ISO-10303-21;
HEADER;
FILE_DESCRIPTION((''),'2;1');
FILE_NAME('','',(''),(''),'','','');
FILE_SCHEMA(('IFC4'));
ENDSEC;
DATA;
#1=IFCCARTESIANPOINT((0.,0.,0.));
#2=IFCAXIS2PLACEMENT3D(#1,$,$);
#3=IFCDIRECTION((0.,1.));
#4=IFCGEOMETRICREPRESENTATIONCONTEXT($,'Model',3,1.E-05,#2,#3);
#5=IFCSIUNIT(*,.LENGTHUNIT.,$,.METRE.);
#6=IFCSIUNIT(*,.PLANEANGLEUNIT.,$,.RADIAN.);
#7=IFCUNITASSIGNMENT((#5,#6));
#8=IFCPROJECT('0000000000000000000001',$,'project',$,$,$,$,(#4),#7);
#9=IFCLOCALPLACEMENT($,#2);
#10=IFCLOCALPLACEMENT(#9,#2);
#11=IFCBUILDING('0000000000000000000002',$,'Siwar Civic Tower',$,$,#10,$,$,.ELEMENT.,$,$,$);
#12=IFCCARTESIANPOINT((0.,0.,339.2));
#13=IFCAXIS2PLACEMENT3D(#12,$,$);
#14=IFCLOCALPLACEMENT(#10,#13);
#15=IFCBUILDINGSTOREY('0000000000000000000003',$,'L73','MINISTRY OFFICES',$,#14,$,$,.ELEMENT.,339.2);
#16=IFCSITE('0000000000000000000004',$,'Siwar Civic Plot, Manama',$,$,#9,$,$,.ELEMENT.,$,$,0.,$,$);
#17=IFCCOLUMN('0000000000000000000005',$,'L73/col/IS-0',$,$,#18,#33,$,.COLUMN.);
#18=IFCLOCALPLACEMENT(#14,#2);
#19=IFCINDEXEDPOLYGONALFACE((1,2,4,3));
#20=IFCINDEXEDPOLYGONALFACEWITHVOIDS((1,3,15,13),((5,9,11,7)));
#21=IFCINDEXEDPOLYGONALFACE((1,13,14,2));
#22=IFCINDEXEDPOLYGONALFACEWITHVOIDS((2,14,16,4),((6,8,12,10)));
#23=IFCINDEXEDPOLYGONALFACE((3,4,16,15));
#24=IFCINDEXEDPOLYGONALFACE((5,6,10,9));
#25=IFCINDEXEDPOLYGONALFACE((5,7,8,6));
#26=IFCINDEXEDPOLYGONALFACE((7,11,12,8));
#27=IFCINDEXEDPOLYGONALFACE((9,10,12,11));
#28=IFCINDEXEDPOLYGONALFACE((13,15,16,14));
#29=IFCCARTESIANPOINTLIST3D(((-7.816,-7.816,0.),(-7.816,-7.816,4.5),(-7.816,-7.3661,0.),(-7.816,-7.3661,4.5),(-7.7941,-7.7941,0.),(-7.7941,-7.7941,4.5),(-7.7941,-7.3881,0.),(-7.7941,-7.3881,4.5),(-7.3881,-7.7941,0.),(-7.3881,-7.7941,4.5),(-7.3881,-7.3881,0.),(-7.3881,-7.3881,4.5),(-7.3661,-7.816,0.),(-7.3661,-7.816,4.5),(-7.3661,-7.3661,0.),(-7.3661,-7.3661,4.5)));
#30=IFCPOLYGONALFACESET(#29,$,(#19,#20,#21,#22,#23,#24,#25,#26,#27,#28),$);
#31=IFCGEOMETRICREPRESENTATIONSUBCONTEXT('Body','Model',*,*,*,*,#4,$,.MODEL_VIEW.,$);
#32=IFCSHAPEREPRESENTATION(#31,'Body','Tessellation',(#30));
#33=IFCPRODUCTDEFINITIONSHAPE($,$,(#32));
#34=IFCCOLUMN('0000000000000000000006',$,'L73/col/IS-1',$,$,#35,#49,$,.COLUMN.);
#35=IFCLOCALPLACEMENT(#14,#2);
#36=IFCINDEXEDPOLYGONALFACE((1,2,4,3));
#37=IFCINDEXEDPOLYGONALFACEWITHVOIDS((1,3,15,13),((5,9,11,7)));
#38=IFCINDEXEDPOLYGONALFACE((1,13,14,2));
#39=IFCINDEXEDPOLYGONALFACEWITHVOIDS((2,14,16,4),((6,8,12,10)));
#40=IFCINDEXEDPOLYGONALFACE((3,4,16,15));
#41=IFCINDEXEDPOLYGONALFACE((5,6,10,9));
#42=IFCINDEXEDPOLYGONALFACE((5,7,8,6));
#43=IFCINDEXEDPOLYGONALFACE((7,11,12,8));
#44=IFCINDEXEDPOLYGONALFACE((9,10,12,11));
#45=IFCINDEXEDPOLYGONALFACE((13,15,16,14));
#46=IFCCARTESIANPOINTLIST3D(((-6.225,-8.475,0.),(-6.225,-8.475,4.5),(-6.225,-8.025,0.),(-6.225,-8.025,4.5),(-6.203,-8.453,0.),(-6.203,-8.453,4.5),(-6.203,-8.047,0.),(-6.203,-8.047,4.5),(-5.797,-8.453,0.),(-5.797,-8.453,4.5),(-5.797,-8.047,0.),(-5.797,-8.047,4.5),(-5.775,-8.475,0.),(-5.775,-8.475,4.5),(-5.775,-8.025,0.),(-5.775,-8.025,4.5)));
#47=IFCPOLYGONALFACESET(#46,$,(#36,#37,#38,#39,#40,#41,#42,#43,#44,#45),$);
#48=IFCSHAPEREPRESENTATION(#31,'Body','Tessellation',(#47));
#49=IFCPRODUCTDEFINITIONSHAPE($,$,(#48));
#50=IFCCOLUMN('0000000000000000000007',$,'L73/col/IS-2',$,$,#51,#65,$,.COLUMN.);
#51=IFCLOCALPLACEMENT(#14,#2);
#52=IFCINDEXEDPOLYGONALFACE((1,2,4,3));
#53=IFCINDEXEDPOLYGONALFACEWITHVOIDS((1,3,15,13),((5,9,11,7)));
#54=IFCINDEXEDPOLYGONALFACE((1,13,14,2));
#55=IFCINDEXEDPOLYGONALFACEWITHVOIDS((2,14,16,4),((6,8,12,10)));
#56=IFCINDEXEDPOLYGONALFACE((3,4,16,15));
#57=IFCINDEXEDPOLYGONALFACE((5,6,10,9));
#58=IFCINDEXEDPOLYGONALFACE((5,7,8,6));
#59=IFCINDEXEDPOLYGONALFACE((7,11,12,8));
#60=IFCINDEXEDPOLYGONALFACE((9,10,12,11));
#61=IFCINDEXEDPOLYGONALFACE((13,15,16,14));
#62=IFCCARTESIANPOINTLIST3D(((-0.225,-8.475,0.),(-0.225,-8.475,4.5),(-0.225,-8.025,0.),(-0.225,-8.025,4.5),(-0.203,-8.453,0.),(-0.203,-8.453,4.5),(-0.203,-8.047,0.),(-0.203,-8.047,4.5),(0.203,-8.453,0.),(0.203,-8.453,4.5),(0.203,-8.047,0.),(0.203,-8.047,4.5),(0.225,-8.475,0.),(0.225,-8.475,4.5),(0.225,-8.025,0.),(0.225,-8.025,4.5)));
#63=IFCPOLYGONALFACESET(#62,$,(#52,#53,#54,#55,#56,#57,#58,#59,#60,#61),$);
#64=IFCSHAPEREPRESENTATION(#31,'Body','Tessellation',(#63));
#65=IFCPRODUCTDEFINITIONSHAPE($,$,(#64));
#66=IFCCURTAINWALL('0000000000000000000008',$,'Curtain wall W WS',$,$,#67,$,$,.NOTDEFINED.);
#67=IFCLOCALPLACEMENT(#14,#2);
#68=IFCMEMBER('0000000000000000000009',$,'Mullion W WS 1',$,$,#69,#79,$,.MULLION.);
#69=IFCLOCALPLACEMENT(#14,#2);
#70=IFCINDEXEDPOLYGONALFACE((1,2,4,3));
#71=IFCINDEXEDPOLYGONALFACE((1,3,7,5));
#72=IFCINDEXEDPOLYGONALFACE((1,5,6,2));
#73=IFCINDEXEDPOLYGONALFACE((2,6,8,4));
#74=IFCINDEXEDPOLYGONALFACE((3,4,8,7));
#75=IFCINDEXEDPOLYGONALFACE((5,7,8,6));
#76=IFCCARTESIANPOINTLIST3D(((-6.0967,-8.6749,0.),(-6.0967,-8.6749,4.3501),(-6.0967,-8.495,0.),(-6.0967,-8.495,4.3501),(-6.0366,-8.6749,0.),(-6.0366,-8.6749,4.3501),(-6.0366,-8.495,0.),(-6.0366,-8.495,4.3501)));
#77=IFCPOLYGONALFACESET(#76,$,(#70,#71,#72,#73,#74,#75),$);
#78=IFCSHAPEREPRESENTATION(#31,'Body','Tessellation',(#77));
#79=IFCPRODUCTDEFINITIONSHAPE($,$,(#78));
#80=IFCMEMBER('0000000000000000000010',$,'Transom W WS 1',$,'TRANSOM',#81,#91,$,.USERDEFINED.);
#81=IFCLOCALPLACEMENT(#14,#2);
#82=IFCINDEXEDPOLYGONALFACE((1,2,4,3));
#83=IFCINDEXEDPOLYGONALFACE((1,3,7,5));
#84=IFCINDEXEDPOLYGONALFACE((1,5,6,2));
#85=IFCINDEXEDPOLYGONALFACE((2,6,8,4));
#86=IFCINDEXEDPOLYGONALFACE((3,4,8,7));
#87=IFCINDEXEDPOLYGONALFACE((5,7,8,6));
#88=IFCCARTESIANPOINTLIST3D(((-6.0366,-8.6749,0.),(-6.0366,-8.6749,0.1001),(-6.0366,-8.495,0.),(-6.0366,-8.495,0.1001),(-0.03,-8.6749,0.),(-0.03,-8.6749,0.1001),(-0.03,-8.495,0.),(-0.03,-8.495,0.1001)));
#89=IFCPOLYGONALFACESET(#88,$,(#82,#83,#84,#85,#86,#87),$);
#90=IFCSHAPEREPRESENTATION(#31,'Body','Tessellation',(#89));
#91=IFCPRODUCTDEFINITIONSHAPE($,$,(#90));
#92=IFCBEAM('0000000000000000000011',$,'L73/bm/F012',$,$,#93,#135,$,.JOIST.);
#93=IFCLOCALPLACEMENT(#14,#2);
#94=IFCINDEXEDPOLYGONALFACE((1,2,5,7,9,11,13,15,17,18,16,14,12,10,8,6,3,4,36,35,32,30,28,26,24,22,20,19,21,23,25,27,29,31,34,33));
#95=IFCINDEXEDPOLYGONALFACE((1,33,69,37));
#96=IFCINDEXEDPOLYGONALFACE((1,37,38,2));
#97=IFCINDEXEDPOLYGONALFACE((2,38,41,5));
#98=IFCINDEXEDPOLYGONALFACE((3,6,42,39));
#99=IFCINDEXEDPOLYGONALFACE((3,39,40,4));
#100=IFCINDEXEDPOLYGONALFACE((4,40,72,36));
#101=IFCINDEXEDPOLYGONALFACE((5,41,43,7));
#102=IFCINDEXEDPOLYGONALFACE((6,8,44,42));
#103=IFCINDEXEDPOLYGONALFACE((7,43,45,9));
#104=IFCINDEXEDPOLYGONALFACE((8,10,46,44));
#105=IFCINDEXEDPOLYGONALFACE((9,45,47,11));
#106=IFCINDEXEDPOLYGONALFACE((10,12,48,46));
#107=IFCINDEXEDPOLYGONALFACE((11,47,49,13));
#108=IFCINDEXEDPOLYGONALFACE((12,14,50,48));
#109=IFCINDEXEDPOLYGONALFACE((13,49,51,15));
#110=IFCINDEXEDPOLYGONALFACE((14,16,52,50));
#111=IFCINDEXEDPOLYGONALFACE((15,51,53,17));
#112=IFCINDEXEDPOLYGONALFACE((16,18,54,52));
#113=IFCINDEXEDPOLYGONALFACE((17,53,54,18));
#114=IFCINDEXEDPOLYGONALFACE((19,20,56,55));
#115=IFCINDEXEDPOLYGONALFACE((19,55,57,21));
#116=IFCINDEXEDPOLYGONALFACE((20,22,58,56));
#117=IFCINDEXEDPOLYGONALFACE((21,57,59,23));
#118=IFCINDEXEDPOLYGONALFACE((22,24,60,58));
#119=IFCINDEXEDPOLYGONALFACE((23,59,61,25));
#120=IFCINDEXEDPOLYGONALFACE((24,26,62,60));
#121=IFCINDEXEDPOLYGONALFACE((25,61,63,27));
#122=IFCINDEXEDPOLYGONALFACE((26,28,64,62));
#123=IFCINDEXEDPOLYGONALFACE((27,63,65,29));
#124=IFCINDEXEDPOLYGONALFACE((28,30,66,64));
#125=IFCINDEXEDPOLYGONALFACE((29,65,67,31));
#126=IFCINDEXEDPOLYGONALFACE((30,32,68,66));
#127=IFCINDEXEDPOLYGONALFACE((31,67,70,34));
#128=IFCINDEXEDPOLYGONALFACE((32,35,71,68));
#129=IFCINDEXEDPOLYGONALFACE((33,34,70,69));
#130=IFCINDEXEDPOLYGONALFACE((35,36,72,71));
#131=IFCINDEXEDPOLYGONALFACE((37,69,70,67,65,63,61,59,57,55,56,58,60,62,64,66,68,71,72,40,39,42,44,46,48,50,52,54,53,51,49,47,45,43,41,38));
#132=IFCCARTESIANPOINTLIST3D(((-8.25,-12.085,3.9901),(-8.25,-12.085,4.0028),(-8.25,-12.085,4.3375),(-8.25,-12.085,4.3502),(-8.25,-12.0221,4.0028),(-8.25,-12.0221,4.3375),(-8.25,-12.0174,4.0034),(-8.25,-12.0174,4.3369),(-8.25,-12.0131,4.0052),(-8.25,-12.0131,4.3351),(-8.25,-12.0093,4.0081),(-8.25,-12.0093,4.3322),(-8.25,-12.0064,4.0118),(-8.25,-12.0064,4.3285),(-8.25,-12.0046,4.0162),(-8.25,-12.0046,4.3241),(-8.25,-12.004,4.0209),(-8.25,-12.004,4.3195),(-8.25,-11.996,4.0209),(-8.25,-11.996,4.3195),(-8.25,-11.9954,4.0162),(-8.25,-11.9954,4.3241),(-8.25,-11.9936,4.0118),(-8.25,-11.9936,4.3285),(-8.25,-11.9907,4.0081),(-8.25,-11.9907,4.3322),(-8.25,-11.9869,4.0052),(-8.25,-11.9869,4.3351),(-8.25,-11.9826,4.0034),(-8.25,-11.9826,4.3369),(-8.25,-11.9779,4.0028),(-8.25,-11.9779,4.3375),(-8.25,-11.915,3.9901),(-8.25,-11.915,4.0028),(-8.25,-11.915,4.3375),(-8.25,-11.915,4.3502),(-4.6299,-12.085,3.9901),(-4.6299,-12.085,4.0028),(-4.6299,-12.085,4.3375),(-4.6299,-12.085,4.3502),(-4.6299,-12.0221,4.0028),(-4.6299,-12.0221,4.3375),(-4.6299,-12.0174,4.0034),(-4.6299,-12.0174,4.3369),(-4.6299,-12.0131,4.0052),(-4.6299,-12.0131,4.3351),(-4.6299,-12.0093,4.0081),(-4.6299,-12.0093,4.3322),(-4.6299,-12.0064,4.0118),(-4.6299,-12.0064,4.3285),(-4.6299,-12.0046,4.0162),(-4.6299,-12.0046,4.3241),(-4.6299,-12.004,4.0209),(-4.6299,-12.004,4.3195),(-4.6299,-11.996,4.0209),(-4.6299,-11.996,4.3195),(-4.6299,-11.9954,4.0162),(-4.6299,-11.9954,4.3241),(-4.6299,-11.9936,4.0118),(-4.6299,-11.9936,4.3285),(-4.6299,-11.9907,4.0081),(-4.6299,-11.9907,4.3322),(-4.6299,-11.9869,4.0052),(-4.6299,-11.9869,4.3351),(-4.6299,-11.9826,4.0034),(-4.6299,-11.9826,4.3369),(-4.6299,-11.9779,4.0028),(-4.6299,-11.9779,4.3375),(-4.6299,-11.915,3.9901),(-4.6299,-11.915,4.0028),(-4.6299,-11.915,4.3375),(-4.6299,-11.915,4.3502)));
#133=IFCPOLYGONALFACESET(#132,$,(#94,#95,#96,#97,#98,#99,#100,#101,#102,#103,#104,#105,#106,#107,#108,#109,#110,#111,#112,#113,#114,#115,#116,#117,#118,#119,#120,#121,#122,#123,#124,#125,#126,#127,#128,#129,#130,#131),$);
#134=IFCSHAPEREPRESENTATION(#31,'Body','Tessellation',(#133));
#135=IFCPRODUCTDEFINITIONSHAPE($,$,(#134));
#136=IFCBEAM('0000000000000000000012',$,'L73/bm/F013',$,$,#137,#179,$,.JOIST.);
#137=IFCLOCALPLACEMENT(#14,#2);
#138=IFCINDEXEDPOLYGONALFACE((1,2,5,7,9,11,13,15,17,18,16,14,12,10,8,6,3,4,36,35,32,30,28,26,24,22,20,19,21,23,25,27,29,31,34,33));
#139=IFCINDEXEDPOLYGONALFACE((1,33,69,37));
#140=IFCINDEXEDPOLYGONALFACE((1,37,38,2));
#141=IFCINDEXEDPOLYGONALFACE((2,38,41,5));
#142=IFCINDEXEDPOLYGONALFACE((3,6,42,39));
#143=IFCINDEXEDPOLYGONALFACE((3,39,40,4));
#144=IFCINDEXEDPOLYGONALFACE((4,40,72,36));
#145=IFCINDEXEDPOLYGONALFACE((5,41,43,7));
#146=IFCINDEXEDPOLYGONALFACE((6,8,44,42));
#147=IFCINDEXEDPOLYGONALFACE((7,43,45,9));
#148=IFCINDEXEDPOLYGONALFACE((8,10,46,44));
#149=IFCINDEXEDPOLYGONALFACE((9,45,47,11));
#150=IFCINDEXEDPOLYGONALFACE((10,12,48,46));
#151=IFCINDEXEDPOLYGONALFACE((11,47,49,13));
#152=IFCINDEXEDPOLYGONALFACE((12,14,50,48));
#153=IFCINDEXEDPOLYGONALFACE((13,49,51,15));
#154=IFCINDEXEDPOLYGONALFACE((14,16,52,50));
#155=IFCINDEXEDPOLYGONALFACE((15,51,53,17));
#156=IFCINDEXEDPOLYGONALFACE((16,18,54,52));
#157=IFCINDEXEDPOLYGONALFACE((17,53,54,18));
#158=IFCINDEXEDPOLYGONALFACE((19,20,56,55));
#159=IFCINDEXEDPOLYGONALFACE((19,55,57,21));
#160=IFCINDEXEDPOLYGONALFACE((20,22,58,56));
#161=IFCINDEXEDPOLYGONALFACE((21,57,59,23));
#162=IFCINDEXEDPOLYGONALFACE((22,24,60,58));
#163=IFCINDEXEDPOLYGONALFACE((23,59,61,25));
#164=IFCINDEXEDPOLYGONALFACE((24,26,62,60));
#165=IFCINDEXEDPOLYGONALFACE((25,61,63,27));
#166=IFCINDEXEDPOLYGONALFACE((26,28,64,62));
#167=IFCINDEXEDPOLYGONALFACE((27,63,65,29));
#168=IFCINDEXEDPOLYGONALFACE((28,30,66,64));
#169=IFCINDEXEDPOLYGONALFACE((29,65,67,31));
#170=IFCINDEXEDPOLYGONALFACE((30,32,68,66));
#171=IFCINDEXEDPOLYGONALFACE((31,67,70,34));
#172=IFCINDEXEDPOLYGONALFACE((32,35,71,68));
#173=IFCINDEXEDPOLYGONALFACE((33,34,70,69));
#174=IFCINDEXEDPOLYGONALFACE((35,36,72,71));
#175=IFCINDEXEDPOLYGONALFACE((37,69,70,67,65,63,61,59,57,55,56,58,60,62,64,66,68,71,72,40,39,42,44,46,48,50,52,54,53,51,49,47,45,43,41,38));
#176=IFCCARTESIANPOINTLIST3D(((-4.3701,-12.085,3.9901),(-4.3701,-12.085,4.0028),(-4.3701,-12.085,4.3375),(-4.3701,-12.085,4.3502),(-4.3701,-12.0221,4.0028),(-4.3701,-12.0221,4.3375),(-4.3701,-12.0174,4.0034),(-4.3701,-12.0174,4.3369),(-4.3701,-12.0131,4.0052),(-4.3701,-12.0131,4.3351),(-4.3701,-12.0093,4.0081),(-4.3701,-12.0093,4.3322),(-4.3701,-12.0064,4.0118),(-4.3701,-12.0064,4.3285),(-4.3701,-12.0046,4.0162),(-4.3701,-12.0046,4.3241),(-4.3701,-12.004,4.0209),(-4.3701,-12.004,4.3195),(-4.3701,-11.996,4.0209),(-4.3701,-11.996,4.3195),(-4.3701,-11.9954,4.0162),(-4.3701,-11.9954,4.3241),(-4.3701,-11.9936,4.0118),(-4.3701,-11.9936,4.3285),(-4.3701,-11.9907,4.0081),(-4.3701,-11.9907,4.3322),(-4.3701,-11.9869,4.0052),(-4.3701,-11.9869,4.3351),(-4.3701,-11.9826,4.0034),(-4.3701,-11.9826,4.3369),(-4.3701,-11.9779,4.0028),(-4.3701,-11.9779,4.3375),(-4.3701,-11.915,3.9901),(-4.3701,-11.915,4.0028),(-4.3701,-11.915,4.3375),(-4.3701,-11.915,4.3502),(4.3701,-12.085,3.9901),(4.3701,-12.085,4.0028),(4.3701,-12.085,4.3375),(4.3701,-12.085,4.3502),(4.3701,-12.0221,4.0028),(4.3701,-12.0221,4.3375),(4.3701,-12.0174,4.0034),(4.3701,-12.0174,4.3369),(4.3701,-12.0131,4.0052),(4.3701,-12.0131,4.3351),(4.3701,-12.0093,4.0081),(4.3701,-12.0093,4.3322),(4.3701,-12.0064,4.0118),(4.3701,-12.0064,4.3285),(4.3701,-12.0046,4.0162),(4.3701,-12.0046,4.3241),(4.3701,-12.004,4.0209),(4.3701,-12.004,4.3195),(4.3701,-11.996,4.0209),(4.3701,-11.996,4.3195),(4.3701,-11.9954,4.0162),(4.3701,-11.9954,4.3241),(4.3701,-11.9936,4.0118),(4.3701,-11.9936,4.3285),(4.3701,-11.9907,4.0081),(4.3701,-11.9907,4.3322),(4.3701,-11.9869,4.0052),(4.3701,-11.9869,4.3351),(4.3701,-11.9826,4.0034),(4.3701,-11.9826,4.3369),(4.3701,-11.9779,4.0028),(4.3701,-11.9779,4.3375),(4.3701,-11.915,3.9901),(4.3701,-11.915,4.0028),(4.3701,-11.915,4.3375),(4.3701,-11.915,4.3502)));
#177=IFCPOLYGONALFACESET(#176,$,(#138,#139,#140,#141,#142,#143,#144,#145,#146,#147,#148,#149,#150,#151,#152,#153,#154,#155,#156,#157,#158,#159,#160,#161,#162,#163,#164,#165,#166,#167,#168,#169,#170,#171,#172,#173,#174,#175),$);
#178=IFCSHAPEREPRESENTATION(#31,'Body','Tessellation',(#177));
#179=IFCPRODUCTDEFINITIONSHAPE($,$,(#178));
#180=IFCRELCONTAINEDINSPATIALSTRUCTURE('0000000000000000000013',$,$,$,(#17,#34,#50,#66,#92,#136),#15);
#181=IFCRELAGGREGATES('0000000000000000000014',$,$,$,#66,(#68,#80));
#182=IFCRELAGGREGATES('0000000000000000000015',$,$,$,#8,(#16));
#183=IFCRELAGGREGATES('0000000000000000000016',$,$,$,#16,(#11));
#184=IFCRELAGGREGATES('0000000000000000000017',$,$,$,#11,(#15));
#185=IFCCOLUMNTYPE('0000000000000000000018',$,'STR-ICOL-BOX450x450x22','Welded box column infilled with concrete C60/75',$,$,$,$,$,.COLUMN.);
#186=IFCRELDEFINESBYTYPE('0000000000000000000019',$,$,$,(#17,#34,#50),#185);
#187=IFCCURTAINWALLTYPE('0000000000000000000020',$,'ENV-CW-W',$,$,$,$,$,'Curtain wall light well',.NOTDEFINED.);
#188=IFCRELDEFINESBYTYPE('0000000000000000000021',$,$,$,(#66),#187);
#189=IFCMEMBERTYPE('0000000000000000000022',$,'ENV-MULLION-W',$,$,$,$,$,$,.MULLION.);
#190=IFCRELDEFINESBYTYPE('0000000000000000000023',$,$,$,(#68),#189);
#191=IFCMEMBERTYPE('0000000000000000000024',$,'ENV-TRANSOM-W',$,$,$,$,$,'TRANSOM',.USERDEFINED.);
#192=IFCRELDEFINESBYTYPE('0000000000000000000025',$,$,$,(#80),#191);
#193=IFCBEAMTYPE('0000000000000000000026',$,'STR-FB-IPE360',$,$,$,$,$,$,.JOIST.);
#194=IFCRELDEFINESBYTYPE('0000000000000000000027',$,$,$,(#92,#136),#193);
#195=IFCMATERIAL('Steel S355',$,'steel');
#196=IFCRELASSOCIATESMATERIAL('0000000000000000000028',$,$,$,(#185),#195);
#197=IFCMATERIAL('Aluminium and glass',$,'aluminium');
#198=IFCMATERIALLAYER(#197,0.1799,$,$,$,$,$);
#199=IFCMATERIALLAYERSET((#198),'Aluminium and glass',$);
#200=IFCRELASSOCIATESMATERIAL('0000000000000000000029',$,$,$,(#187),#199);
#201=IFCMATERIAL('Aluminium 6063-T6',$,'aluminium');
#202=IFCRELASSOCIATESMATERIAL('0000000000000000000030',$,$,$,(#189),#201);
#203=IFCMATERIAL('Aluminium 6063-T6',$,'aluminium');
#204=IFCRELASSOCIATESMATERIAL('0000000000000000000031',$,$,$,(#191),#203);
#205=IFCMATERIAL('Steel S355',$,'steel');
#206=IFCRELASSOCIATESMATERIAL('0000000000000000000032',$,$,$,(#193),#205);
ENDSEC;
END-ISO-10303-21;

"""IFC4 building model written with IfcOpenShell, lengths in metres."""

from ifc_helpers import new_model, si_unit, direction, frame, origin, origin_2d, place, context, subcontext, project, spatial, rectangle, hollow_rectangle, i_section, extrude, material, layer, layer_set, material_profile, profile_set, type_object, element, aggregate, save


model = new_model("IFC4")

# Units and contexts
model_context = context("Model", 3, precision=1e-05, world=origin(), true_north=direction((0.0, 1.0)))
body_context = subcontext(model_context, "Body", "Model", "MODEL_VIEW")
ifc_project = project(units=[si_unit("LENGTHUNIT", "METRE"), si_unit("PLANEANGLEUNIT", "RADIAN")], contexts=[model_context])

# Site, building, storey
site_placement = place(None, origin())
site = spatial("IfcSite", under=ifc_project, at=site_placement, Name="Siwar Civic Plot, Manama", CompositionType="ELEMENT", RefElevation=0.0)
building_placement = place(site_placement, origin())
building = spatial("IfcBuilding", under=site, at=building_placement, Name="Siwar Civic Tower", CompositionType="ELEMENT")
storey_placement = place(building_placement, frame((0.0, 0.0, 339.2)))
storey = spatial("IfcBuildingStorey", under=building, at=storey_placement, Name="L73", Description="MINISTRY OFFICES", CompositionType="ELEMENT", Elevation=339.2)

# Columns
ifc_material_1 = material(Name="Steel S355", Category="steel")
ifc_material_profile_1 = material_profile(ifc_material_1, hollow_rectangle(XDim=0.45, YDim=0.45, WallThickness=0.022, at=origin_2d()), Name="BOX450x450x22")
ifc_profile_set_1 = profile_set([ifc_material_profile_1], Name="Steel S355")
column_type = type_object("IfcColumnType", Name="STR-ICOL-BOX450x450x22", Description="Welded box column infilled with concrete C60/75", PredefinedType="COLUMN", material=ifc_profile_set_1)
for number, where, z_axis, x_axis, name in (
    (1, (-7.5911, -7.5911, 0.0), (0.0, 0.0, 1.0), (1.0, 0.0, 0.0), "L73/col/IS-0"),
    (2, (-6.0, -8.25, 0.0), (0.0, 0.0, 1.0), (1.0, 0.0, 0.0), "L73/col/IS-1"),
    (3, (0.0, -8.25, 0.0), (0.0, 0.0, 1.0), (1.0, 0.0, 0.0), "L73/col/IS-2"),
):
    element("IfcColumn", number, at=place(storey_placement, frame(where, z_axis=z_axis, x_axis=x_axis)), inside=storey, type_object=column_type, Name=name, PredefinedType="COLUMN", context=body_context, shape_type="SweptSolid", body=[
        extrude(hollow_rectangle(XDim=0.45, YDim=0.45, WallThickness=0.022, at=origin_2d()), origin(), (0.0, 0.0, 1.0), 4.5),
    ])

# Curtain wall, members
ifc_material_2 = material(Name="Aluminium and glass", Category="aluminium")
ifc_layer_1 = layer(ifc_material_2, 0.1799)
ifc_layer_set_1 = layer_set([ifc_layer_1], Name="Aluminium and glass")
curtain_wall_type = type_object("IfcCurtainWallType", Name="ENV-CW-W", ElementType="Curtain wall light well", PredefinedType="NOTDEFINED", material=ifc_layer_set_1)
curtain_wall_placement = place(storey_placement, origin())
curtain_wall = element("IfcCurtainWall", 4, at=curtain_wall_placement, inside=storey, type_object=curtain_wall_type, Name="Curtain wall W WS", PredefinedType="NOTDEFINED")
ifc_material_3 = material(Name="Aluminium 6063-T6", Category="aluminium")
ifc_material_profile_2 = material_profile(ifc_material_3, rectangle(XDim=0.1799, YDim=0.0601, at=origin_2d()), Name="AL 180x60")
ifc_profile_set_2 = profile_set([ifc_material_profile_2], Name="Aluminium 6063-T6")
member_type_1 = type_object("IfcMemberType", Name="ENV-MULLION-W", PredefinedType="MULLION", material=ifc_profile_set_2)
member_1_placement = place(storey_placement, frame((-6.0667, -8.585, 0.0), z_axis=(0.0, 0.0, 1.0), x_axis=(0.0, 1.0, 0.0)))
member_1 = element("IfcMember", 5, at=member_1_placement, type_object=member_type_1, Name="Mullion W WS 1", PredefinedType="MULLION", context=body_context, shape_type="SweptSolid", body=[
    extrude(rectangle(XDim=0.1799, YDim=0.0601, at=origin_2d()), origin(), (0.0, 0.0, 1.0), 4.3501),
])
ifc_material_4 = material(Name="Aluminium 6063-T6", Category="aluminium")
ifc_material_profile_3 = material_profile(ifc_material_4, rectangle(XDim=0.1799, YDim=0.1001, at=origin_2d()), Name="AL 180x100")
ifc_profile_set_3 = profile_set([ifc_material_profile_3], Name="Aluminium 6063-T6")
member_type_2 = type_object("IfcMemberType", Name="ENV-TRANSOM-W", ElementType="TRANSOM", PredefinedType="USERDEFINED", material=ifc_profile_set_3)
member_2_placement = place(storey_placement, frame((-6.0366, -8.585, 0.05), z_axis=(1.0, 0.0, 0.0), x_axis=(0.0, 1.0, 0.0)))
member_2 = element("IfcMember", 6, at=member_2_placement, type_object=member_type_2, Name="Transom W WS 1", ObjectType="TRANSOM", PredefinedType="USERDEFINED", context=body_context, shape_type="SweptSolid", body=[
    extrude(rectangle(XDim=0.1799, YDim=0.1001, at=origin_2d()), origin(), (0.0, 0.0, 1.0), 6.0066),
])

# Beams
ifc_material_5 = material(Name="Steel S355", Category="steel")
ifc_material_profile_4 = material_profile(ifc_material_5, i_section(OverallWidth=0.1699, OverallDepth=0.3601, WebThickness=0.0081, FlangeThickness=0.0127, FilletRadius=0.0181, at=origin_2d()), Name="IPE360")
ifc_profile_set_4 = profile_set([ifc_material_profile_4], Name="Steel S355")
beam_type_1 = type_object("IfcBeamType", Name="STR-FB-IPE360", PredefinedType="JOIST", material=ifc_profile_set_4)
beam_1_placement = place(storey_placement, frame((-8.25, -12.0, 4.1702), z_axis=(1.0, 0.0, 0.0), x_axis=(0.0, 1.0, 0.0)))
element("IfcBeam", 7, at=beam_1_placement, inside=storey, type_object=beam_type_1, Name="L73/bm/F012", PredefinedType="JOIST", context=body_context, shape_type="SweptSolid", body=[
    extrude(i_section(OverallWidth=0.1699, OverallDepth=0.3601, WebThickness=0.0081, FlangeThickness=0.0127, FilletRadius=0.0181, at=origin_2d()), origin(), (0.0, 0.0, 1.0), 3.6201),
])
beam_2_placement = place(storey_placement, frame((-4.3701, -12.0, 4.1702), z_axis=(1.0, 0.0, 0.0), x_axis=(0.0, 1.0, 0.0)))
element("IfcBeam", 8, at=beam_2_placement, inside=storey, type_object=beam_type_1, Name="L73/bm/F013", PredefinedType="JOIST", context=body_context, shape_type="SweptSolid", body=[
    extrude(i_section(OverallWidth=0.1699, OverallDepth=0.3601, WebThickness=0.0081, FlangeThickness=0.0127, FilletRadius=0.0181, at=origin_2d()), origin(), (0.0, 0.0, 1.0), 8.7402),
])

aggregate(curtain_wall, [member_1, member_2])

save(model, "model.ifc")
